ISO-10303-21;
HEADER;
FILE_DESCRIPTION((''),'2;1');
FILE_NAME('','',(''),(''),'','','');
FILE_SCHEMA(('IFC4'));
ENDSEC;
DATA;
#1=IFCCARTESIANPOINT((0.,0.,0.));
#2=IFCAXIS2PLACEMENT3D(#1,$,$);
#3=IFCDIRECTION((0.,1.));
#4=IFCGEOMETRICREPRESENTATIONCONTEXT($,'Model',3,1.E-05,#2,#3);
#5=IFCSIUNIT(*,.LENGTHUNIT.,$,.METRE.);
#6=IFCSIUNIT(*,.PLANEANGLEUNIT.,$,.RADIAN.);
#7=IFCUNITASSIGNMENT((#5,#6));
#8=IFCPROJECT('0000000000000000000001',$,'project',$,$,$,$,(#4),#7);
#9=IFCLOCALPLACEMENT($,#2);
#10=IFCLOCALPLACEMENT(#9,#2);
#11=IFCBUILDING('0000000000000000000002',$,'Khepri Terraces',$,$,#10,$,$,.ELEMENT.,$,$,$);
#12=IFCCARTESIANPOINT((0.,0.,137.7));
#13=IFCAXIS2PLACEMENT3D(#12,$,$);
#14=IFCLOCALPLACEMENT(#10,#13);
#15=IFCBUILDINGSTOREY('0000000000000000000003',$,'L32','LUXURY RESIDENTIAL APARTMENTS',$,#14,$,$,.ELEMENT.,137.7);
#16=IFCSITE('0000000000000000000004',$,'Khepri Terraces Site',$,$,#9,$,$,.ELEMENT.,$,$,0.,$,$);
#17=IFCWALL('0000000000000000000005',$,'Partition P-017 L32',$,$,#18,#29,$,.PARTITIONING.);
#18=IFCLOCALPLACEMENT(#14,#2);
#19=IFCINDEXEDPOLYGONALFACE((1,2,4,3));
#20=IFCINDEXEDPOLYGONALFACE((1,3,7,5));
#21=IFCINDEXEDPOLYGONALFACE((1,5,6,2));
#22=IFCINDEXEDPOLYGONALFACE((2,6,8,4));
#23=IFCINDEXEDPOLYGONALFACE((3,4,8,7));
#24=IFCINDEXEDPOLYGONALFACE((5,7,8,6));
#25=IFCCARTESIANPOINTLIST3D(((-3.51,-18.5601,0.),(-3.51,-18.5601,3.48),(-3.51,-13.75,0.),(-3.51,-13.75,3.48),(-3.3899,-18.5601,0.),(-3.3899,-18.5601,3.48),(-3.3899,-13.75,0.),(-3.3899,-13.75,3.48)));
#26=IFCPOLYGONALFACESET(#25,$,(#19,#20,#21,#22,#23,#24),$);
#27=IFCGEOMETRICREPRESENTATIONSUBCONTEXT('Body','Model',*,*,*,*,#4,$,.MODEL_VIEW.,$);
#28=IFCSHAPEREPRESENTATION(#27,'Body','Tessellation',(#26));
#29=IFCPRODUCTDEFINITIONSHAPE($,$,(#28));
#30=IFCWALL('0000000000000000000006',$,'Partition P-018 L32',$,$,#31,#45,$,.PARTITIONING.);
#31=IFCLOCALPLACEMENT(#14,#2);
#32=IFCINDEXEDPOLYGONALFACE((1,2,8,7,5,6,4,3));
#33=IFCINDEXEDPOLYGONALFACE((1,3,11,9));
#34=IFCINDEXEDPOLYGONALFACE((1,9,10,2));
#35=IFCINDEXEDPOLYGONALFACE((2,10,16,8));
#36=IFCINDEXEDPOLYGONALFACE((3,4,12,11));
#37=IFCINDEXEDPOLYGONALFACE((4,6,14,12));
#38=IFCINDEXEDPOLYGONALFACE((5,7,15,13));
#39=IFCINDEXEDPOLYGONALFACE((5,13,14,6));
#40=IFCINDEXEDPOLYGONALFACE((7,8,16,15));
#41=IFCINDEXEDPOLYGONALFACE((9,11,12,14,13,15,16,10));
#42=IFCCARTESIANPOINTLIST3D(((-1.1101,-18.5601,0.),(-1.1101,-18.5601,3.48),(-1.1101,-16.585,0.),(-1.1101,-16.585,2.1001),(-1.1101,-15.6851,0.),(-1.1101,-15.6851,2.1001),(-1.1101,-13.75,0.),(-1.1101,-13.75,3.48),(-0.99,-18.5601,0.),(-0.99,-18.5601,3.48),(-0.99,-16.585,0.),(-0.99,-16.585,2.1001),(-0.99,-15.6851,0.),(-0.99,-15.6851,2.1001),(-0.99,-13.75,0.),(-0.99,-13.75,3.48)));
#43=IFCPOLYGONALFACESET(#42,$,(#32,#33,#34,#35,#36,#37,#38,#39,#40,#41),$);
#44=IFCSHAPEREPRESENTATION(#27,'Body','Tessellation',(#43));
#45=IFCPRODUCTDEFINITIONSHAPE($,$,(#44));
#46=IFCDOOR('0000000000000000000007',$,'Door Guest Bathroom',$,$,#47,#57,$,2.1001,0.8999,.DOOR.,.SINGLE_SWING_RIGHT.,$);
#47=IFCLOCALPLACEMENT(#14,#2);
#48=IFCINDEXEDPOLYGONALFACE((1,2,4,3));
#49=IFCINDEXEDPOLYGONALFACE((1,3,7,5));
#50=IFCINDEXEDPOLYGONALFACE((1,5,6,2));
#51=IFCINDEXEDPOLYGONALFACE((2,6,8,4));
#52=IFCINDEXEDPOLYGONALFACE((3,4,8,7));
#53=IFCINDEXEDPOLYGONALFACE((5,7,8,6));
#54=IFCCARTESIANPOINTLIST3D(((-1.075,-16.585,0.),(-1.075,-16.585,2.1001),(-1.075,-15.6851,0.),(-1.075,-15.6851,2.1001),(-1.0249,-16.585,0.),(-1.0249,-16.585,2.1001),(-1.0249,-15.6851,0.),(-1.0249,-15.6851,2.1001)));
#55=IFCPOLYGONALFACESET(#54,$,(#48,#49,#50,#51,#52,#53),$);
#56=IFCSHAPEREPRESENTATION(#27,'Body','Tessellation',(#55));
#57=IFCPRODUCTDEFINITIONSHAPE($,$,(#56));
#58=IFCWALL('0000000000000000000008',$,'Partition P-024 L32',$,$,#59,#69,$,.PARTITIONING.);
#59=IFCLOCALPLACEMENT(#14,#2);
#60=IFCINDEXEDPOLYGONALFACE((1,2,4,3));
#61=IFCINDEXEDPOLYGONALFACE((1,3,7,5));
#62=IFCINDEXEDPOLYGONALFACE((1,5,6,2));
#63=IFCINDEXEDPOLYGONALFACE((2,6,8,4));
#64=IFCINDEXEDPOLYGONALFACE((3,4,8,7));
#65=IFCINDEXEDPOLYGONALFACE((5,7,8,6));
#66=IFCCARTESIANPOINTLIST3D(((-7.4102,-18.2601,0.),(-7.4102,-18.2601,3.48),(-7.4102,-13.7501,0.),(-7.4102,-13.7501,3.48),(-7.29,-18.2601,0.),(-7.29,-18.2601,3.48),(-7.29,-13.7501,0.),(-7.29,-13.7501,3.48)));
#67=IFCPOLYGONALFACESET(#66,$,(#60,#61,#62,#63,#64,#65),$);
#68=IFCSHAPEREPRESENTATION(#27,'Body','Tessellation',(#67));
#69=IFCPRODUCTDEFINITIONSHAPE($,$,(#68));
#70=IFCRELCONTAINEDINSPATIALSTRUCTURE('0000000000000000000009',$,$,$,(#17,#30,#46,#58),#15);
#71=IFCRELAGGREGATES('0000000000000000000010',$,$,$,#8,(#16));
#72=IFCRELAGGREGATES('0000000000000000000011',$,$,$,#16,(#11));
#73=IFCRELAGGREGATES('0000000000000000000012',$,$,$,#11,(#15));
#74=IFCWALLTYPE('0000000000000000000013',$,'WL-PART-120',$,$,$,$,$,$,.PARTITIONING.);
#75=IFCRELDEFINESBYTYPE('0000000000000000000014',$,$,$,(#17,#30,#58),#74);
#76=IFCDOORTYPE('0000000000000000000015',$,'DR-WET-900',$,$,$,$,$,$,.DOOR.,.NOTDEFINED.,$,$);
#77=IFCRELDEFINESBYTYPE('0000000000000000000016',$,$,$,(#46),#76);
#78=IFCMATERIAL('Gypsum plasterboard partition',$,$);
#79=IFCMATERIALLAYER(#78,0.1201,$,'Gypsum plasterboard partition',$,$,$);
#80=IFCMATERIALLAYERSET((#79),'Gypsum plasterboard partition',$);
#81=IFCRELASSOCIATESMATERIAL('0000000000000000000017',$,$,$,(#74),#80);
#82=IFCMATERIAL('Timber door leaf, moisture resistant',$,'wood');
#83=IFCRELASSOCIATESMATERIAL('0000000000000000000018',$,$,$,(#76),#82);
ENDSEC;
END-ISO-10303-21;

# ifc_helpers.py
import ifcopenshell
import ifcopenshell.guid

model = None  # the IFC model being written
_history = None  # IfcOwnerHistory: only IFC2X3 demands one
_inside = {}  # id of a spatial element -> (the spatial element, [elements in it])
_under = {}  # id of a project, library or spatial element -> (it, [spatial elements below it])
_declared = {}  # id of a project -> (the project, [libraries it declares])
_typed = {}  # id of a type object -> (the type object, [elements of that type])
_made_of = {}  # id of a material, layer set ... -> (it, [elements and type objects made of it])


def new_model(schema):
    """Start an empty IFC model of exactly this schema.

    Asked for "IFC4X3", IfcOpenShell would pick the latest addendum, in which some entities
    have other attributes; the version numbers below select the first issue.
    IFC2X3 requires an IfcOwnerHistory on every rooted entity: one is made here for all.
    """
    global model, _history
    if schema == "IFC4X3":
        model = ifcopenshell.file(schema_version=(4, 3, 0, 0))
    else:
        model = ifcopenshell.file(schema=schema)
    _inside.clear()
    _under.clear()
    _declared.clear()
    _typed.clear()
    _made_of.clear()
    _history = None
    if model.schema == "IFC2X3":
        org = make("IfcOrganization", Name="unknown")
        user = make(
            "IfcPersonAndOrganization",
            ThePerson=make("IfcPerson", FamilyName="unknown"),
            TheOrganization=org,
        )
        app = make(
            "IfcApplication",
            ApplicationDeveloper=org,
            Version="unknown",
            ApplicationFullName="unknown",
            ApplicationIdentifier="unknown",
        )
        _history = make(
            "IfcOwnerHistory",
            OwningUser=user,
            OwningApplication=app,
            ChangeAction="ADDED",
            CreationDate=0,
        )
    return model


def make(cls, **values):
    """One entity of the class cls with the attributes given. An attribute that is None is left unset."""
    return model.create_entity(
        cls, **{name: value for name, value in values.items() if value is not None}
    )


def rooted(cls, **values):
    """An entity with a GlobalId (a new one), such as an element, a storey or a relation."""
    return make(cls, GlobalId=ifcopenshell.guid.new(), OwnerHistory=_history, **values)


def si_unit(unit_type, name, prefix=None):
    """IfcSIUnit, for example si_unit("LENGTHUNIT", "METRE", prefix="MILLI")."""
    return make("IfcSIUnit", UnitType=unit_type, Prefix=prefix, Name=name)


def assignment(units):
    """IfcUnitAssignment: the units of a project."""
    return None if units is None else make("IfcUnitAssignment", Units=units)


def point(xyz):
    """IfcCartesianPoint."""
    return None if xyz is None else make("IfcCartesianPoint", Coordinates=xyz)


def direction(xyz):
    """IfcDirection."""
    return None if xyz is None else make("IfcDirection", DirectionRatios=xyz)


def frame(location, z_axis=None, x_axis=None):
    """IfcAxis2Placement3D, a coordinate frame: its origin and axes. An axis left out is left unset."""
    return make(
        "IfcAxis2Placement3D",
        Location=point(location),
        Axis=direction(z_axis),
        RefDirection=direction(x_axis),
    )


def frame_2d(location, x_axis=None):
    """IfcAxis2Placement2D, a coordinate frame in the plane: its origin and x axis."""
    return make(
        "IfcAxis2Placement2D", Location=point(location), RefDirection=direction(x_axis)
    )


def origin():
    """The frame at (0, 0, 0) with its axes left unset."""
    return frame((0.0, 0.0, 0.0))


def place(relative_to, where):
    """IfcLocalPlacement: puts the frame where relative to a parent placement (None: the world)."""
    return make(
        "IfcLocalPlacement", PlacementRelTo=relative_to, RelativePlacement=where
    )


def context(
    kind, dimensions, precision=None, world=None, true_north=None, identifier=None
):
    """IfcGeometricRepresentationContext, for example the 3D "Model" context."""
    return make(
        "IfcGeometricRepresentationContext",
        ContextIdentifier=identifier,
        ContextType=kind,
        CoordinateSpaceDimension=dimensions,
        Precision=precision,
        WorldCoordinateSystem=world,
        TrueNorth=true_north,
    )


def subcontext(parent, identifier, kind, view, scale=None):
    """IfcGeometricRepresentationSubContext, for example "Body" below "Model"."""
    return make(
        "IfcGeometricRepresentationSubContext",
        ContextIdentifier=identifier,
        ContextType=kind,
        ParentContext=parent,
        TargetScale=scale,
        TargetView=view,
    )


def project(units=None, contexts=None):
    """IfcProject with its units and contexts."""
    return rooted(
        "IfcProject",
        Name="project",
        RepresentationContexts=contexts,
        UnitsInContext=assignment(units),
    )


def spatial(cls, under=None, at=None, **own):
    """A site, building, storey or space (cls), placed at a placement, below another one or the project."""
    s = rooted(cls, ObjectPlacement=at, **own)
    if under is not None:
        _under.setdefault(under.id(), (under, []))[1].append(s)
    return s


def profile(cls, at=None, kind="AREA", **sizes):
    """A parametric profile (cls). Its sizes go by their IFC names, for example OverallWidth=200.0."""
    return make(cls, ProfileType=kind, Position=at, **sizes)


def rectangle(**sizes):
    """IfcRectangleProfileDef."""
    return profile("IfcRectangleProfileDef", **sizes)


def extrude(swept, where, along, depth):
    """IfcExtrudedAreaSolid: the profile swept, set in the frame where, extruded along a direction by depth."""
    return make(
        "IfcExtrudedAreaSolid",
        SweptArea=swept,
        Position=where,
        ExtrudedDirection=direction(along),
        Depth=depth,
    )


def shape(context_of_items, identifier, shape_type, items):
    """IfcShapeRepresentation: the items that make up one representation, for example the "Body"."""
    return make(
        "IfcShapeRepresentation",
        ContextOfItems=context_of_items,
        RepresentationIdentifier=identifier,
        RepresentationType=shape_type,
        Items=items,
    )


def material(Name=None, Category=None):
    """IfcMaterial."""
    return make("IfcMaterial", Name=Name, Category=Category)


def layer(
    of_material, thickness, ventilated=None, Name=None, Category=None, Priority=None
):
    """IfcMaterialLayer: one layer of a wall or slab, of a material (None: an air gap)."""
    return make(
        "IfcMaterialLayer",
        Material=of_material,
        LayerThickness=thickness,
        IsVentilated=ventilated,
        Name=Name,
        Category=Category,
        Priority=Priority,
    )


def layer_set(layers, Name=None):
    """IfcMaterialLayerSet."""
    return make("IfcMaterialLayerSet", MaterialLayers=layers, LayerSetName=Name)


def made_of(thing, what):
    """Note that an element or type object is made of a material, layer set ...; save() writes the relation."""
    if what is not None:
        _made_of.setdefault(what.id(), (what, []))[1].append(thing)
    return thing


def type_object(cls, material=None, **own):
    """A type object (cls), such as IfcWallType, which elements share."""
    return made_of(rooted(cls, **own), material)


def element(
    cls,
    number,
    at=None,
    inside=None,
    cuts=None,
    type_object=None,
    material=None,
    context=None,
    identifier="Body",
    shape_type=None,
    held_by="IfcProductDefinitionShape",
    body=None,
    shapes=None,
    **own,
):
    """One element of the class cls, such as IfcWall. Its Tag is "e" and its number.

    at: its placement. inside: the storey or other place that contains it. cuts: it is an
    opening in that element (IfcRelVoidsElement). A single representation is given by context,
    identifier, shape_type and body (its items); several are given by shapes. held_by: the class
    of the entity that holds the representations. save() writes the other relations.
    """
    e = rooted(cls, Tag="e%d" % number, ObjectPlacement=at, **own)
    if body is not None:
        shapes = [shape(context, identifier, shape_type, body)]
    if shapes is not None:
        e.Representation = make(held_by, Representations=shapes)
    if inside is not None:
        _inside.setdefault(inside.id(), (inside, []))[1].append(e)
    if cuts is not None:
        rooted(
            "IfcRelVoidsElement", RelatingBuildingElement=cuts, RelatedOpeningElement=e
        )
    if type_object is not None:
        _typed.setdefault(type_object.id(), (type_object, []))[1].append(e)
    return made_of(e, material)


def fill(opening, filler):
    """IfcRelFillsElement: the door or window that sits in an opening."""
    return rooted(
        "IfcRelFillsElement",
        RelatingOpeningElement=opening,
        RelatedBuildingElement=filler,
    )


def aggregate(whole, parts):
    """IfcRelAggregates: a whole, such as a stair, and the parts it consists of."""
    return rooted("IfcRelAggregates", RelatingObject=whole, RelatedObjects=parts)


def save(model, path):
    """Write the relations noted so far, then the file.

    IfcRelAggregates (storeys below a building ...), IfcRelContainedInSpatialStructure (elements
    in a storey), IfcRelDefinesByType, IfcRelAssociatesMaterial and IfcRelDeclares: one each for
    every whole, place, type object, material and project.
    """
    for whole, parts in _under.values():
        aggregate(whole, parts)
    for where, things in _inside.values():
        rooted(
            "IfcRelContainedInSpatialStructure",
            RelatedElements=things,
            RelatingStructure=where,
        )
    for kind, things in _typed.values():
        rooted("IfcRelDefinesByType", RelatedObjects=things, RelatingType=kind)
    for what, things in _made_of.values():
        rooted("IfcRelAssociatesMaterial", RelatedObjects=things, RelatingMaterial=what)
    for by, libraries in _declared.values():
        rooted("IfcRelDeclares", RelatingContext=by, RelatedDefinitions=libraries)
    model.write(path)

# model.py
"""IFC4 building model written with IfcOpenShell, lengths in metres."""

from ifc_helpers import new_model, si_unit, direction, frame, frame_2d, origin, place, context, subcontext, project, spatial, rectangle, extrude, material, layer, layer_set, type_object, element, fill, save


model = new_model("IFC4")

# Units and contexts
model_context = context("Model", 3, precision=1e-05, world=origin(), true_north=direction((0.0, 1.0)))
body_context = subcontext(model_context, "Body", "Model", "MODEL_VIEW")
ifc_project = project(units=[si_unit("LENGTHUNIT", "METRE"), si_unit("PLANEANGLEUNIT", "RADIAN")], contexts=[model_context])

# Site, building, storey
site_placement = place(None, origin())
site = spatial("IfcSite", under=ifc_project, at=site_placement, Name="Khepri Terraces Site", CompositionType="ELEMENT", RefElevation=0.0)
building_placement = place(site_placement, origin())
building = spatial("IfcBuilding", under=site, at=building_placement, Name="Khepri Terraces", CompositionType="ELEMENT")
storey_placement = place(building_placement, frame((0.0, 0.0, 137.7)))
storey = spatial("IfcBuildingStorey", under=building, at=storey_placement, Name="L32", Description="LUXURY RESIDENTIAL APARTMENTS", CompositionType="ELEMENT", Elevation=137.7)

# Shared definitions
ifc_material_1 = material(Name="Gypsum plasterboard partition")
ifc_layer_1 = layer(ifc_material_1, 0.1201, Name="Gypsum plasterboard partition")
ifc_layer_set_1 = layer_set([ifc_layer_1], Name="Gypsum plasterboard partition")
wall_type_1 = type_object("IfcWallType", Name="WL-PART-120", PredefinedType="PARTITIONING", material=ifc_layer_set_1)
ifc_material_2 = material(Name="Timber door leaf, moisture resistant", Category="wood")
door_type_1 = type_object("IfcDoorType", Name="DR-WET-900", OperationType="NOTDEFINED", PredefinedType="DOOR", material=ifc_material_2)

# Wall
wall_1_placement = place(storey_placement, frame((-3.45, -18.5601, 0.0), z_axis=(0.0, 0.0, 1.0), x_axis=(0.0, 1.0, 0.0)))
element("IfcWall", 1, at=wall_1_placement, inside=storey, type_object=wall_type_1, Name="Partition P-017 L32", PredefinedType="PARTITIONING", context=body_context, shape_type="SweptSolid", body=[
    extrude(rectangle(XDim=4.8101, YDim=0.1201, at=frame_2d((2.405, 0.0))), origin(), (0.0, 0.0, 1.0), 3.48),
])

# Wall, opening, door
wall_2_placement = place(storey_placement, frame((-1.05, -18.5601, 0.0), z_axis=(0.0, 0.0, 1.0), x_axis=(0.0, 1.0, 0.0)))
wall_2 = element("IfcWall", 2, at=wall_2_placement, inside=storey, type_object=wall_type_1, Name="Partition P-018 L32", PredefinedType="PARTITIONING", context=body_context, shape_type="SweptSolid", body=[
    extrude(rectangle(XDim=4.8101, YDim=0.1201, at=frame_2d((2.405, 0.0))), origin(), (0.0, 0.0, 1.0), 3.48),
])
opening_1_placement = place(wall_2_placement, frame((1.9751, 0.0, 0.0)))
opening_1 = element("IfcOpeningElement", 3, at=opening_1_placement, cuts=wall_2, PredefinedType="OPENING", context=body_context, shape_type="SweptSolid", body=[
    extrude(rectangle(XDim=0.8999, YDim=2.1001, at=frame_2d((0.45, 1.05))), frame((0.0, 0.0701, 0.0), z_axis=(0.0, -1.0, 0.0), x_axis=(1.0, 0.0, 0.0)), (0.0, 0.0, 1.0), 0.1401),
])
door_1_placement = place(opening_1_placement, origin())
door_1 = element("IfcDoor", 4, at=door_1_placement, inside=storey, type_object=door_type_1, Name="Door Guest Bathroom", OperationType="SINGLE_SWING_RIGHT", OverallHeight=2.1001, OverallWidth=0.8999, PredefinedType="DOOR", context=body_context, shape_type="SweptSolid", body=[
    extrude(rectangle(XDim=0.8999, YDim=2.1001, at=frame_2d((0.45, 1.05))), frame((0.0, 0.0249, 0.0), z_axis=(0.0, -1.0, 0.0), x_axis=(1.0, 0.0, 0.0)), (0.0, 0.0, 1.0), 0.05),
])
fill(opening_1, door_1)

# Wall
wall_3_placement = place(storey_placement, frame((-7.3501, -18.26, 0.0), z_axis=(0.0, 0.0, 1.0), x_axis=(0.0, 1.0, 0.0)))
element("IfcWall", 5, at=wall_3_placement, inside=storey, type_object=wall_type_1, Name="Partition P-024 L32", PredefinedType="PARTITIONING", context=body_context, shape_type="SweptSolid", body=[
    extrude(rectangle(XDim=4.51, YDim=0.1201, at=frame_2d((2.2549, 0.0))), origin(), (0.0, 0.0, 1.0), 3.48),
])

save(model, "model.ifc")
